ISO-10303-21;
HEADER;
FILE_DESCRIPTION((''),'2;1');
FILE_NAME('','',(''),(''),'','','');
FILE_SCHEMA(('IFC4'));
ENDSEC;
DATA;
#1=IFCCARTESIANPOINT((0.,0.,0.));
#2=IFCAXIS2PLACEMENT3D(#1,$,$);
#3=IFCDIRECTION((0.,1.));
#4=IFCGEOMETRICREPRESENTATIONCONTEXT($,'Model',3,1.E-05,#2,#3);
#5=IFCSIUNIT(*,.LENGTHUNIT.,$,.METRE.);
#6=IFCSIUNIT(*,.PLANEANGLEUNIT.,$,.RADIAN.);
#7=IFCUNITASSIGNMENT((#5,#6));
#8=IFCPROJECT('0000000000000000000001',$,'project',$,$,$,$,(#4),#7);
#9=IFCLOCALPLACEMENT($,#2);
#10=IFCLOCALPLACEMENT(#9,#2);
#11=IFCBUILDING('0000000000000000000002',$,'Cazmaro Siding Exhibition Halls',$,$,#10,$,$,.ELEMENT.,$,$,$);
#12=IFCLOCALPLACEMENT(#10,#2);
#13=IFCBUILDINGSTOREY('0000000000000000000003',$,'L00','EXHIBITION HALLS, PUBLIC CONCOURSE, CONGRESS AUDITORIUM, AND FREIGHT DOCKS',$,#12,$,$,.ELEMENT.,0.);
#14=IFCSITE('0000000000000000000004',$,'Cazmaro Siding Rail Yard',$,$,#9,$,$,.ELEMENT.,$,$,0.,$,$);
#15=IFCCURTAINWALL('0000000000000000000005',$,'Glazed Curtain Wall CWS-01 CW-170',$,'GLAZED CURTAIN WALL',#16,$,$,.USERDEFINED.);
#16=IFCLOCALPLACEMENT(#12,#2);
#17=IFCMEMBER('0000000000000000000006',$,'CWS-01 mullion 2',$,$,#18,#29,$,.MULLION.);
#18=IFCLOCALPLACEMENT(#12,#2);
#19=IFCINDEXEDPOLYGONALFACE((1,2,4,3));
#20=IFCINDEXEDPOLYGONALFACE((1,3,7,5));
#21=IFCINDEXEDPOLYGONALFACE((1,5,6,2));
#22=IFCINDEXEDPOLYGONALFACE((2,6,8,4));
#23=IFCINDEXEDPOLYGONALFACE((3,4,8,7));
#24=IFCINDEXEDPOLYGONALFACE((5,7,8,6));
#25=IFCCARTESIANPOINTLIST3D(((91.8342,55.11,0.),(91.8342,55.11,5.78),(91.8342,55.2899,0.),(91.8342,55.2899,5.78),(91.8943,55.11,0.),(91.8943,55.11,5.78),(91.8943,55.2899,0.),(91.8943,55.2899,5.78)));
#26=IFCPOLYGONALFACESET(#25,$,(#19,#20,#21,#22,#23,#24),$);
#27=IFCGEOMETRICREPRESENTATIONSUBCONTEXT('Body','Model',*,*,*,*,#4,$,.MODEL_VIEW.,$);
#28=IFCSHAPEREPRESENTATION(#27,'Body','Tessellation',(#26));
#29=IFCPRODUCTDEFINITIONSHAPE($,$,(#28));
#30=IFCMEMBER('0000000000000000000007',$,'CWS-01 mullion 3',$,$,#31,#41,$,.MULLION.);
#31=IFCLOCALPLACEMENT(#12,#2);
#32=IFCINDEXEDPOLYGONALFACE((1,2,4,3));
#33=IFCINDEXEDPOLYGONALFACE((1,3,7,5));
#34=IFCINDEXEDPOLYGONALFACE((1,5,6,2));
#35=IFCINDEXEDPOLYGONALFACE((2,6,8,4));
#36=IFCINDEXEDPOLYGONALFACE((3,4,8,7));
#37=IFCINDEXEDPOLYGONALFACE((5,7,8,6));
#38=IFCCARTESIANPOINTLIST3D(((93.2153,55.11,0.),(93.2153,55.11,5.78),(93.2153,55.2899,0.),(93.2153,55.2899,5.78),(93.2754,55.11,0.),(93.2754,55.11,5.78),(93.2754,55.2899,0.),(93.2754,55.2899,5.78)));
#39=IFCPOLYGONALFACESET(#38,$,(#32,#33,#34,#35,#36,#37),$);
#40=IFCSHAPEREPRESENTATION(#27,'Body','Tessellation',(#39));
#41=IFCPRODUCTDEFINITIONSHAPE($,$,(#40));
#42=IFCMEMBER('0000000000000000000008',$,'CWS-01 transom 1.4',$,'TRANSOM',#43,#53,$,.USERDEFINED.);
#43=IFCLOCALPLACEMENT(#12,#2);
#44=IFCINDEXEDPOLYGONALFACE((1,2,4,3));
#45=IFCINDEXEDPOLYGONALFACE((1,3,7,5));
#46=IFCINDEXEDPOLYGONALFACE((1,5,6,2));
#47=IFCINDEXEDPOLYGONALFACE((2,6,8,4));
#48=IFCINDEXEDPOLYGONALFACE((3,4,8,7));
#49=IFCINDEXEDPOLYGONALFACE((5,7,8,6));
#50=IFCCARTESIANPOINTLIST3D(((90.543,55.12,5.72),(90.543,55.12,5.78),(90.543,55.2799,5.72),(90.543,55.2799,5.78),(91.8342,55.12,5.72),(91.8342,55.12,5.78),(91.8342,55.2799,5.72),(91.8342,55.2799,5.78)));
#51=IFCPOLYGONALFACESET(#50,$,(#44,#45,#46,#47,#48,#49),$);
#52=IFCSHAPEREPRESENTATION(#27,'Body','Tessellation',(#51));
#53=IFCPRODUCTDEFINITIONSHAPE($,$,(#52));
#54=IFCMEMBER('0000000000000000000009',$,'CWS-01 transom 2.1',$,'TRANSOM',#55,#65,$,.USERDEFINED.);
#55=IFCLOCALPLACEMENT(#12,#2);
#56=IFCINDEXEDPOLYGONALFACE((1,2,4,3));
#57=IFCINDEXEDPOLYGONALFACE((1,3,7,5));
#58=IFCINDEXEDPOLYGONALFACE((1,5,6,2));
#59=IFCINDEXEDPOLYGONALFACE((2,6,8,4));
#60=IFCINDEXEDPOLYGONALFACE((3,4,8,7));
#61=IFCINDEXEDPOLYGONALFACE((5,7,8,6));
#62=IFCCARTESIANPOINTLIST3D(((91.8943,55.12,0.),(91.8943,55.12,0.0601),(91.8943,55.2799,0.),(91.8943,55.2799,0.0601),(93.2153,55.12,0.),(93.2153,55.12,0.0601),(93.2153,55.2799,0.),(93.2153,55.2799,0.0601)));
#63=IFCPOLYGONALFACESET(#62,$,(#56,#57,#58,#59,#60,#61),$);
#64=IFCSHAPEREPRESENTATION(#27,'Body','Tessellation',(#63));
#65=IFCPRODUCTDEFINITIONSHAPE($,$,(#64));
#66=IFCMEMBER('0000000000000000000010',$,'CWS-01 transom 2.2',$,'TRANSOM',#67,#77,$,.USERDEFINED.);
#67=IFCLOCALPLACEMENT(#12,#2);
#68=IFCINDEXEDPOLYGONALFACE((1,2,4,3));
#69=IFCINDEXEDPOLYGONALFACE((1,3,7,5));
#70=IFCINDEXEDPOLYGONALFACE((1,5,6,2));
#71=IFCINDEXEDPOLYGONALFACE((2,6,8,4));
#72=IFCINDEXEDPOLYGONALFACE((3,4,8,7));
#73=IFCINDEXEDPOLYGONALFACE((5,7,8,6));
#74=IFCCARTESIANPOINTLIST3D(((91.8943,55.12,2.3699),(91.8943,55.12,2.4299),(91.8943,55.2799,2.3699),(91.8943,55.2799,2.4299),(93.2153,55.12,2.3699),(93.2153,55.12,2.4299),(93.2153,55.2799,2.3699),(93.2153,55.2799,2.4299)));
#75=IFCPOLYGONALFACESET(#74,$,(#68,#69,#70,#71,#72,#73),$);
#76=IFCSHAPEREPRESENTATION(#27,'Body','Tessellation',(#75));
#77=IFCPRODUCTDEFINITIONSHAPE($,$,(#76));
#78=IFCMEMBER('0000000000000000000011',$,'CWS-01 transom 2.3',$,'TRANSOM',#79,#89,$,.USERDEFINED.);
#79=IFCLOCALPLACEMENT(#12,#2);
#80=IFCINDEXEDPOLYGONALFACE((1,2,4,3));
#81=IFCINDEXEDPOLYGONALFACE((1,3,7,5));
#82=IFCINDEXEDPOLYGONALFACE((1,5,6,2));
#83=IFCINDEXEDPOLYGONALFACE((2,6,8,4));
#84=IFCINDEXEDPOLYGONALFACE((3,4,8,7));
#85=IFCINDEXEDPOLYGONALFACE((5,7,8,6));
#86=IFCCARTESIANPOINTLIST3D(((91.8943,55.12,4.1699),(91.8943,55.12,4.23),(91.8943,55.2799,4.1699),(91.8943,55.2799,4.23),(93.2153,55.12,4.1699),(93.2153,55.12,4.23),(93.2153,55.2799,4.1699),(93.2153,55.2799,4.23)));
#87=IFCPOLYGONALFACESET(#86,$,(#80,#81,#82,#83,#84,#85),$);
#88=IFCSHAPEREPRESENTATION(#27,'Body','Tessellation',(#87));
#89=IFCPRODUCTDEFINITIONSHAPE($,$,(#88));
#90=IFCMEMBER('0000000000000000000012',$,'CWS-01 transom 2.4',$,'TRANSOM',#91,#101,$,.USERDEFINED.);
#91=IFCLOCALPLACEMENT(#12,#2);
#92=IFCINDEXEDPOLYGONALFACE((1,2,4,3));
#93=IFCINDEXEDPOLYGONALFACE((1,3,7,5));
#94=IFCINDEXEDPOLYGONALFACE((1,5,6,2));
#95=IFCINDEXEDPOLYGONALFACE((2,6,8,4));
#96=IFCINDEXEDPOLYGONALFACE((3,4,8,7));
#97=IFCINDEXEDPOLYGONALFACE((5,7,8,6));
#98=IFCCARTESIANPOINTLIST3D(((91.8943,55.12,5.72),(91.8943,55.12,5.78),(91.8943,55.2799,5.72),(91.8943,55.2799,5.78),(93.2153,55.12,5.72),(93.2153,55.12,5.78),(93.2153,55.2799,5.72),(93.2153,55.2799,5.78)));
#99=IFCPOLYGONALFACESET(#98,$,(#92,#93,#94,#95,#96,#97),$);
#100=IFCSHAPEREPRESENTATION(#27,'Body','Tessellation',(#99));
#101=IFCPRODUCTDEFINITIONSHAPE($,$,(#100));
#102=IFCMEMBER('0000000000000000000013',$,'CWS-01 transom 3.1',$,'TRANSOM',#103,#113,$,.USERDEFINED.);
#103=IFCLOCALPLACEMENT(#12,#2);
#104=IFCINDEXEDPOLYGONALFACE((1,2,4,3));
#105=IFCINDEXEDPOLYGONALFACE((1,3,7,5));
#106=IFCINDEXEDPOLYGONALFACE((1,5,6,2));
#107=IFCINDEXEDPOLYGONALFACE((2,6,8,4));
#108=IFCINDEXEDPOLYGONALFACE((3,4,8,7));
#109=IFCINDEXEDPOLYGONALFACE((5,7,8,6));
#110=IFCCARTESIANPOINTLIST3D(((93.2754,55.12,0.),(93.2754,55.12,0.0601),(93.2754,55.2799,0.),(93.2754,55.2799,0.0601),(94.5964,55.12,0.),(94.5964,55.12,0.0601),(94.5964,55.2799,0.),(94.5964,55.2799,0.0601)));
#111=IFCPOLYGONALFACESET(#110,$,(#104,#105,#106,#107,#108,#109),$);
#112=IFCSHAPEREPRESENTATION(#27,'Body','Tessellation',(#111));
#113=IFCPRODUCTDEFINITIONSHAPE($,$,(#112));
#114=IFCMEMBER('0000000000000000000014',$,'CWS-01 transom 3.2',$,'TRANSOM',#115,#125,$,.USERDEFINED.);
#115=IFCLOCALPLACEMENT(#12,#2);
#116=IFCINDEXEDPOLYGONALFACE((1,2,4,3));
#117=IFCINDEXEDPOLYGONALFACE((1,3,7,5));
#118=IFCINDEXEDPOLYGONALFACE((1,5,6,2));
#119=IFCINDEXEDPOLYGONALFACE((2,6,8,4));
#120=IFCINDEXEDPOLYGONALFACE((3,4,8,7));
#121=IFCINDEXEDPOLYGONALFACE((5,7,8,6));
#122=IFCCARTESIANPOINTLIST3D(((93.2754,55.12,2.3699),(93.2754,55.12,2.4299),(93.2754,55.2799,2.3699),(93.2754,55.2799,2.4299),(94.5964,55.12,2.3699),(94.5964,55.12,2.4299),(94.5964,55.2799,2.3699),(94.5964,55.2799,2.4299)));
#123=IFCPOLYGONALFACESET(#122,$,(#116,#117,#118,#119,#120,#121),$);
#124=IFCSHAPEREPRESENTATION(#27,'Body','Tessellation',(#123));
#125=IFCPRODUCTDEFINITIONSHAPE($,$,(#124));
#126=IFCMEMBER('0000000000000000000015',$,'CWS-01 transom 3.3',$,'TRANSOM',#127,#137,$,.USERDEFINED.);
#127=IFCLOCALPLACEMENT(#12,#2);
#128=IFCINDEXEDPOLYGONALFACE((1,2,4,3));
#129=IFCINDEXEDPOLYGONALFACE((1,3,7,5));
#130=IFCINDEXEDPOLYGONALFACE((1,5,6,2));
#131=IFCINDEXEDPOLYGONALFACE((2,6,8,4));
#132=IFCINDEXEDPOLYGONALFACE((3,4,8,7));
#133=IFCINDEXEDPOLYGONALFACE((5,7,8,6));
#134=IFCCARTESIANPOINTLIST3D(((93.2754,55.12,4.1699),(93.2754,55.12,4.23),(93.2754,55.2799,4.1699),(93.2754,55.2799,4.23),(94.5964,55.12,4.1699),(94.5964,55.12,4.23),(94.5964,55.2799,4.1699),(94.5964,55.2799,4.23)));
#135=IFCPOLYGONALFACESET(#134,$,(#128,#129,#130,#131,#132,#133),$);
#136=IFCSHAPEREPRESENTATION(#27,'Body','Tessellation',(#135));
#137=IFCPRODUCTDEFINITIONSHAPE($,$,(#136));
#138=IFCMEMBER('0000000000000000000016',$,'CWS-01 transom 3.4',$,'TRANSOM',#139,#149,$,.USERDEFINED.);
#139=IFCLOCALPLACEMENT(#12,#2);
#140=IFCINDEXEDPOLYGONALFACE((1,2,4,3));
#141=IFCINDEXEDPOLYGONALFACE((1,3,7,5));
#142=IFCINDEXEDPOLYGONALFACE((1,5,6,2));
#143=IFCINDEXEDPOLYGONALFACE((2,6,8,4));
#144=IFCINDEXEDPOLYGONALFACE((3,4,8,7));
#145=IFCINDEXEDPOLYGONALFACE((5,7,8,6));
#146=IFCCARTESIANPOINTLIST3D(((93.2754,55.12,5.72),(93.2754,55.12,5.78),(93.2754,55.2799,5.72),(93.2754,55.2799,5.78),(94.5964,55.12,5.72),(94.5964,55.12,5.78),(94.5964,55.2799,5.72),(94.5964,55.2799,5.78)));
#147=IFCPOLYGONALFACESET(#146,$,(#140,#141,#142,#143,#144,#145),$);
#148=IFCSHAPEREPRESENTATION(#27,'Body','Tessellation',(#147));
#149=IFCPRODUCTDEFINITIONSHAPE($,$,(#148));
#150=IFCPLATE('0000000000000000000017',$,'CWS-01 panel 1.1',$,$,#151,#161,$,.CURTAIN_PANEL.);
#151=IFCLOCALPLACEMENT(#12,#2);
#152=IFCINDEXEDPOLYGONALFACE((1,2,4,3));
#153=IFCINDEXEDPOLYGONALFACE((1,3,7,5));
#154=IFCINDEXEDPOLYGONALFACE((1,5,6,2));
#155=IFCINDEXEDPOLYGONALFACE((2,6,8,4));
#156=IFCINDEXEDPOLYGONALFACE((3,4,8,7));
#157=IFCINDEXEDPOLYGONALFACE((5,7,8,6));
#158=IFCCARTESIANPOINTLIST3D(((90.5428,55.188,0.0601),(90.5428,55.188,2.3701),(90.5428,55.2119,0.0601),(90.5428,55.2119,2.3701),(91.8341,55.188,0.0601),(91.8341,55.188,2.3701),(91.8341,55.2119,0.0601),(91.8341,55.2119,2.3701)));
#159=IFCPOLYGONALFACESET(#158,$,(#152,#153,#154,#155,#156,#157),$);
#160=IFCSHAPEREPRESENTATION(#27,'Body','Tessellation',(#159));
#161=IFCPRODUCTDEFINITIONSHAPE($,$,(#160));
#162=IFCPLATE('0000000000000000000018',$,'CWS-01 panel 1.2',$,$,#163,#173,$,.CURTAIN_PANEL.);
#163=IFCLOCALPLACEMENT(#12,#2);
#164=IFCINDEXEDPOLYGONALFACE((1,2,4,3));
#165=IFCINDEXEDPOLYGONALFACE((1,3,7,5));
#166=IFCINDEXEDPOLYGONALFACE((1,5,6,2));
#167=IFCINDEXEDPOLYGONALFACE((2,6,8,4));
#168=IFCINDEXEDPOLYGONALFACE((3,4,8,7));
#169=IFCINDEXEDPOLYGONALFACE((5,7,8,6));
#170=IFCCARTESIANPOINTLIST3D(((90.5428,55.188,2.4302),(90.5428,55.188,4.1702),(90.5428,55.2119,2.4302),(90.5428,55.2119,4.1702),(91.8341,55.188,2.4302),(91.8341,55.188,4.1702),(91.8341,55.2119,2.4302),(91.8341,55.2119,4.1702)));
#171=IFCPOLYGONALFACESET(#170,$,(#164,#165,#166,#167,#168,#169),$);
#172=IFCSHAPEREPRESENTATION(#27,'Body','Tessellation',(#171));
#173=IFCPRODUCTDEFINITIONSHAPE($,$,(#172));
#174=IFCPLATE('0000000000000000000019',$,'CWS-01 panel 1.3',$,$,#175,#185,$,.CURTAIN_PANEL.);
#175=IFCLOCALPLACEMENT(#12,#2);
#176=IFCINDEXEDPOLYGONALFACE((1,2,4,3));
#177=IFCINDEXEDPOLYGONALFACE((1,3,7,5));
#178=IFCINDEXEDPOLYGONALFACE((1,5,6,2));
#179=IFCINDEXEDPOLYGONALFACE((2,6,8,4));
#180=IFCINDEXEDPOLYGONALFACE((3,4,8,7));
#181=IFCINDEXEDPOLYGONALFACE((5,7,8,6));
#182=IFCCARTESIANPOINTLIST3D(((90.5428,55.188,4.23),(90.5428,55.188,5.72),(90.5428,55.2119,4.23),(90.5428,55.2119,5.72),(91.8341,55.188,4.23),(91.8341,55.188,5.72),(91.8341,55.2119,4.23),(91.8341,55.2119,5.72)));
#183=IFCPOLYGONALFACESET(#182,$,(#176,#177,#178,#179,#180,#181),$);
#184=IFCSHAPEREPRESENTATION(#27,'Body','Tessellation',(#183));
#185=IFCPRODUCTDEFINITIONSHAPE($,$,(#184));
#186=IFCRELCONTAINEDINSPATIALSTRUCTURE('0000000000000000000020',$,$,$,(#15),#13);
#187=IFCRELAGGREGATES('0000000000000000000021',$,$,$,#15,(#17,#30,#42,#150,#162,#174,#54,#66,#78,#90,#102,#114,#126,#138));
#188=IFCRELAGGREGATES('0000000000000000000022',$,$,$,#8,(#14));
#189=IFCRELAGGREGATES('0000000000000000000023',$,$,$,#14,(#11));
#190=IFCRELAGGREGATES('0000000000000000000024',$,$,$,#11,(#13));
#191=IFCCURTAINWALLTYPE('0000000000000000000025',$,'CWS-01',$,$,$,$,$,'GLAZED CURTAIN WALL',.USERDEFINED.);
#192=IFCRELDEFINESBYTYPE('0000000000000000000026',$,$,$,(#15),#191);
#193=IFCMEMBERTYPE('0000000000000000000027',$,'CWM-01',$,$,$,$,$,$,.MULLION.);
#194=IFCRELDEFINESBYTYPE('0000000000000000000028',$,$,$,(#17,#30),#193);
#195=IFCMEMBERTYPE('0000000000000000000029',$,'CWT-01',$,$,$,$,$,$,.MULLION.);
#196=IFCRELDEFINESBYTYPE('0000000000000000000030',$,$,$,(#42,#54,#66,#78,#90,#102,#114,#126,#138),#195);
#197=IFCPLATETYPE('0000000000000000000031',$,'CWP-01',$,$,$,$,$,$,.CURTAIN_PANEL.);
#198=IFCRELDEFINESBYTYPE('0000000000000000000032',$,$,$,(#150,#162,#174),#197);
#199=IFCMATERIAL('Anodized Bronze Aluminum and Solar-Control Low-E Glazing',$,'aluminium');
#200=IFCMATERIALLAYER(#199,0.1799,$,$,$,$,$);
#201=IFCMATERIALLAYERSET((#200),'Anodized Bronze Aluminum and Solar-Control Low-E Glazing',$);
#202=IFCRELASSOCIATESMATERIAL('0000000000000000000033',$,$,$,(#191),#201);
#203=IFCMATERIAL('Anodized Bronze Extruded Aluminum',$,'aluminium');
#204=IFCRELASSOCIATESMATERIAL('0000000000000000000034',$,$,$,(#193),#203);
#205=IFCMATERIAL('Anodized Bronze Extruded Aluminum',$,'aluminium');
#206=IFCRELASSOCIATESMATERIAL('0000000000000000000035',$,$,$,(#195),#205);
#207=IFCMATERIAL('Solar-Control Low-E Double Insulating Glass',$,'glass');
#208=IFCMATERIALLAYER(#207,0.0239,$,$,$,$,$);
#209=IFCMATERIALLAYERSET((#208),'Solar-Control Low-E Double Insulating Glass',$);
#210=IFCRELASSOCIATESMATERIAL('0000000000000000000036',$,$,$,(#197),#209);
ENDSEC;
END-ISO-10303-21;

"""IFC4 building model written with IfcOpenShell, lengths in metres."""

from ifc_helpers import new_model, si_unit, direction, frame, origin, origin_2d, place, context, subcontext, project, spatial, rectangle, extrude, material, layer, layer_set, material_profile, profile_set, type_object, element, aggregate, save


model = new_model("IFC4")

# Units and contexts
model_context = context("Model", 3, precision=1e-05, world=origin(), true_north=direction((0.0, 1.0)))
body_context = subcontext(model_context, "Body", "Model", "MODEL_VIEW")
ifc_project = project(units=[si_unit("LENGTHUNIT", "METRE"), si_unit("PLANEANGLEUNIT", "RADIAN")], contexts=[model_context])

# Site, building, storey
site_placement = place(None, origin())
site = spatial("IfcSite", under=ifc_project, at=site_placement, Name="Cazmaro Siding Rail Yard", CompositionType="ELEMENT", RefElevation=0.0)
building_placement = place(site_placement, origin())
building = spatial("IfcBuilding", under=site, at=building_placement, Name="Cazmaro Siding Exhibition Halls", CompositionType="ELEMENT")
storey_placement = place(building_placement, origin())
storey = spatial("IfcBuildingStorey", under=building, at=storey_placement, Name="L00", Description="EXHIBITION HALLS, PUBLIC CONCOURSE, CONGRESS AUDITORIUM, AND FREIGHT DOCKS", CompositionType="ELEMENT", Elevation=0.0)

# Curtain wall, members, plates
ifc_material_1 = material(Name="Anodized Bronze Aluminum and Solar-Control Low-E Glazing", Category="aluminium")
ifc_layer_1 = layer(ifc_material_1, 0.1799)
ifc_layer_set_1 = layer_set([ifc_layer_1], Name="Anodized Bronze Aluminum and Solar-Control Low-E Glazing")
curtain_wall_type = type_object("IfcCurtainWallType", Name="CWS-01", ElementType="GLAZED CURTAIN WALL", PredefinedType="USERDEFINED", material=ifc_layer_set_1)
curtain_wall_placement = place(storey_placement, origin())
curtain_wall = element("IfcCurtainWall", 1, at=curtain_wall_placement, inside=storey, type_object=curtain_wall_type, Name="Glazed Curtain Wall CWS-01 CW-170", ObjectType="GLAZED CURTAIN WALL", PredefinedType="USERDEFINED")
ifc_material_2 = material(Name="Anodized Bronze Extruded Aluminum", Category="aluminium")
ifc_material_profile_1 = material_profile(ifc_material_2, rectangle(XDim=0.1799, YDim=0.0601, at=origin_2d()), Name="CWM-01")
ifc_profile_set_1 = profile_set([ifc_material_profile_1], Name="Anodized Bronze Extruded Aluminum")
member_type_1 = type_object("IfcMemberType", Name="CWM-01", PredefinedType="MULLION", material=ifc_profile_set_1)
member_1_placement = place(storey_placement, frame((91.8643, 55.2, 0.0), z_axis=(0.0, 0.0, 1.0), x_axis=(0.0, 1.0, 0.0)))
member_1 = element("IfcMember", 2, at=member_1_placement, type_object=member_type_1, Name="CWS-01 mullion 2", PredefinedType="MULLION", context=body_context, shape_type="SweptSolid", body=[
    extrude(rectangle(XDim=0.1799, YDim=0.0601, at=origin_2d()), origin(), (0.0, 0.0, 1.0), 5.78),
])
member_2_placement = place(storey_placement, frame((93.2454, 55.2, 0.0), z_axis=(0.0, 0.0, 1.0), x_axis=(0.0, 1.0, 0.0)))
member_2 = element("IfcMember", 3, at=member_2_placement, type_object=member_type_1, Name="CWS-01 mullion 3", PredefinedType="MULLION", context=body_context, shape_type="SweptSolid", body=[
    extrude(rectangle(XDim=0.1799, YDim=0.0601, at=origin_2d()), origin(), (0.0, 0.0, 1.0), 5.78),
])
ifc_material_3 = material(Name="Anodized Bronze Extruded Aluminum", Category="aluminium")
ifc_material_profile_2 = material_profile(ifc_material_3, rectangle(XDim=0.1599, YDim=0.0601, at=origin_2d()), Name="CWT-01")
ifc_profile_set_2 = profile_set([ifc_material_profile_2], Name="Anodized Bronze Extruded Aluminum")
member_type_2 = type_object("IfcMemberType", Name="CWT-01", PredefinedType="MULLION", material=ifc_profile_set_2)
member_3_placement = place(storey_placement, frame((90.543, 55.2, 5.75), z_axis=(1.0, 0.0, 0.0), x_axis=(0.0, 1.0, 0.0)))
member_3 = element("IfcMember", 4, at=member_3_placement, type_object=member_type_2, Name="CWS-01 transom 1.4", ObjectType="TRANSOM", PredefinedType="USERDEFINED", context=body_context, shape_type="SweptSolid", body=[
    extrude(rectangle(XDim=0.1599, YDim=0.0601, at=origin_2d()), origin(), (0.0, 0.0, 1.0), 1.2913),
])
member_4_placement = place(storey_placement, frame((91.8943, 55.2, 0.03), z_axis=(1.0, 0.0, 0.0), x_axis=(0.0, 1.0, 0.0)))
member_4 = element("IfcMember", 5, at=member_4_placement, type_object=member_type_2, Name="CWS-01 transom 2.1", ObjectType="TRANSOM", PredefinedType="USERDEFINED", context=body_context, shape_type="SweptSolid", body=[
    extrude(rectangle(XDim=0.1599, YDim=0.0601, at=origin_2d()), origin(), (0.0, 0.0, 1.0), 1.321),
])
member_5_placement = place(storey_placement, frame((91.8943, 55.2, 2.3999), z_axis=(1.0, 0.0, 0.0), x_axis=(0.0, 1.0, 0.0)))
member_5 = element("IfcMember", 6, at=member_5_placement, type_object=member_type_2, Name="CWS-01 transom 2.2", ObjectType="TRANSOM", PredefinedType="USERDEFINED", context=body_context, shape_type="SweptSolid", body=[
    extrude(rectangle(XDim=0.1599, YDim=0.0601, at=origin_2d()), origin(), (0.0, 0.0, 1.0), 1.321),
])
member_6_placement = place(storey_placement, frame((91.8943, 55.2, 4.2), z_axis=(1.0, 0.0, 0.0), x_axis=(0.0, 1.0, 0.0)))
member_6 = element("IfcMember", 7, at=member_6_placement, type_object=member_type_2, Name="CWS-01 transom 2.3", ObjectType="TRANSOM", PredefinedType="USERDEFINED", context=body_context, shape_type="SweptSolid", body=[
    extrude(rectangle(XDim=0.1599, YDim=0.0601, at=origin_2d()), origin(), (0.0, 0.0, 1.0), 1.321),
])
member_7_placement = place(storey_placement, frame((91.8943, 55.2, 5.75), z_axis=(1.0, 0.0, 0.0), x_axis=(0.0, 1.0, 0.0)))
member_7 = element("IfcMember", 8, at=member_7_placement, type_object=member_type_2, Name="CWS-01 transom 2.4", ObjectType="TRANSOM", PredefinedType="USERDEFINED", context=body_context, shape_type="SweptSolid", body=[
    extrude(rectangle(XDim=0.1599, YDim=0.0601, at=origin_2d()), origin(), (0.0, 0.0, 1.0), 1.321),
])
member_8_placement = place(storey_placement, frame((93.2754, 55.2, 0.03), z_axis=(1.0, 0.0, 0.0), x_axis=(0.0, 1.0, 0.0)))
member_8 = element("IfcMember", 9, at=member_8_placement, type_object=member_type_2, Name="CWS-01 transom 3.1", ObjectType="TRANSOM", PredefinedType="USERDEFINED", context=body_context, shape_type="SweptSolid", body=[
    extrude(rectangle(XDim=0.1599, YDim=0.0601, at=origin_2d()), origin(), (0.0, 0.0, 1.0), 1.321),
])
member_9_placement = place(storey_placement, frame((93.2754, 55.2, 2.3999), z_axis=(1.0, 0.0, 0.0), x_axis=(0.0, 1.0, 0.0)))
member_9 = element("IfcMember", 10, at=member_9_placement, type_object=member_type_2, Name="CWS-01 transom 3.2", ObjectType="TRANSOM", PredefinedType="USERDEFINED", context=body_context, shape_type="SweptSolid", body=[
    extrude(rectangle(XDim=0.1599, YDim=0.0601, at=origin_2d()), origin(), (0.0, 0.0, 1.0), 1.321),
])
member_10_placement = place(storey_placement, frame((93.2754, 55.2, 4.2), z_axis=(1.0, 0.0, 0.0), x_axis=(0.0, 1.0, 0.0)))
member_10 = element("IfcMember", 11, at=member_10_placement, type_object=member_type_2, Name="CWS-01 transom 3.3", ObjectType="TRANSOM", PredefinedType="USERDEFINED", context=body_context, shape_type="SweptSolid", body=[
    extrude(rectangle(XDim=0.1599, YDim=0.0601, at=origin_2d()), origin(), (0.0, 0.0, 1.0), 1.321),
])
member_11_placement = place(storey_placement, frame((93.2754, 55.2, 5.75), z_axis=(1.0, 0.0, 0.0), x_axis=(0.0, 1.0, 0.0)))
member_11 = element("IfcMember", 12, at=member_11_placement, type_object=member_type_2, Name="CWS-01 transom 3.4", ObjectType="TRANSOM", PredefinedType="USERDEFINED", context=body_context, shape_type="SweptSolid", body=[
    extrude(rectangle(XDim=0.1599, YDim=0.0601, at=origin_2d()), origin(), (0.0, 0.0, 1.0), 1.321),
])
ifc_material_4 = material(Name="Solar-Control Low-E Double Insulating Glass", Category="glass")
ifc_layer_2 = layer(ifc_material_4, 0.0239)
ifc_layer_set_2 = layer_set([ifc_layer_2], Name="Solar-Control Low-E Double Insulating Glass")
plate_type = type_object("IfcPlateType", Name="CWP-01", PredefinedType="CURTAIN_PANEL", material=ifc_layer_set_2)
plate_1_placement = place(storey_placement, frame((91.1885, 55.2, 0.0601), z_axis=(0.0, 0.0, 1.0), x_axis=(1.0, 0.0, 0.0)))
plate_1 = element("IfcPlate", 13, at=plate_1_placement, type_object=plate_type, Name="CWS-01 panel 1.1", PredefinedType="CURTAIN_PANEL", context=body_context, shape_type="SweptSolid", body=[
    extrude(rectangle(XDim=1.2913, YDim=0.0239, at=origin_2d()), origin(), (0.0, 0.0, 1.0), 2.3101),
])
plate_2_placement = place(storey_placement, frame((91.1885, 55.2, 2.4302), z_axis=(0.0, 0.0, 1.0), x_axis=(1.0, 0.0, 0.0)))
plate_2 = element("IfcPlate", 14, at=plate_2_placement, type_object=plate_type, Name="CWS-01 panel 1.2", PredefinedType="CURTAIN_PANEL", context=body_context, shape_type="SweptSolid", body=[
    extrude(rectangle(XDim=1.2913, YDim=0.0239, at=origin_2d()), origin(), (0.0, 0.0, 1.0), 1.74),
])
plate_3_placement = place(storey_placement, frame((91.1885, 55.2, 4.23), z_axis=(0.0, 0.0, 1.0), x_axis=(1.0, 0.0, 0.0)))
plate_3 = element("IfcPlate", 15, at=plate_3_placement, type_object=plate_type, Name="CWS-01 panel 1.3", PredefinedType="CURTAIN_PANEL", context=body_context, shape_type="SweptSolid", body=[
    extrude(rectangle(XDim=1.2913, YDim=0.0239, at=origin_2d()), origin(), (0.0, 0.0, 1.0), 1.49),
])
aggregate(curtain_wall, [member_1, member_2, member_3, plate_1, plate_2, plate_3, member_4, member_5, member_6, member_7, member_8, member_9, member_10, member_11])

save(model, "model.ifc")
